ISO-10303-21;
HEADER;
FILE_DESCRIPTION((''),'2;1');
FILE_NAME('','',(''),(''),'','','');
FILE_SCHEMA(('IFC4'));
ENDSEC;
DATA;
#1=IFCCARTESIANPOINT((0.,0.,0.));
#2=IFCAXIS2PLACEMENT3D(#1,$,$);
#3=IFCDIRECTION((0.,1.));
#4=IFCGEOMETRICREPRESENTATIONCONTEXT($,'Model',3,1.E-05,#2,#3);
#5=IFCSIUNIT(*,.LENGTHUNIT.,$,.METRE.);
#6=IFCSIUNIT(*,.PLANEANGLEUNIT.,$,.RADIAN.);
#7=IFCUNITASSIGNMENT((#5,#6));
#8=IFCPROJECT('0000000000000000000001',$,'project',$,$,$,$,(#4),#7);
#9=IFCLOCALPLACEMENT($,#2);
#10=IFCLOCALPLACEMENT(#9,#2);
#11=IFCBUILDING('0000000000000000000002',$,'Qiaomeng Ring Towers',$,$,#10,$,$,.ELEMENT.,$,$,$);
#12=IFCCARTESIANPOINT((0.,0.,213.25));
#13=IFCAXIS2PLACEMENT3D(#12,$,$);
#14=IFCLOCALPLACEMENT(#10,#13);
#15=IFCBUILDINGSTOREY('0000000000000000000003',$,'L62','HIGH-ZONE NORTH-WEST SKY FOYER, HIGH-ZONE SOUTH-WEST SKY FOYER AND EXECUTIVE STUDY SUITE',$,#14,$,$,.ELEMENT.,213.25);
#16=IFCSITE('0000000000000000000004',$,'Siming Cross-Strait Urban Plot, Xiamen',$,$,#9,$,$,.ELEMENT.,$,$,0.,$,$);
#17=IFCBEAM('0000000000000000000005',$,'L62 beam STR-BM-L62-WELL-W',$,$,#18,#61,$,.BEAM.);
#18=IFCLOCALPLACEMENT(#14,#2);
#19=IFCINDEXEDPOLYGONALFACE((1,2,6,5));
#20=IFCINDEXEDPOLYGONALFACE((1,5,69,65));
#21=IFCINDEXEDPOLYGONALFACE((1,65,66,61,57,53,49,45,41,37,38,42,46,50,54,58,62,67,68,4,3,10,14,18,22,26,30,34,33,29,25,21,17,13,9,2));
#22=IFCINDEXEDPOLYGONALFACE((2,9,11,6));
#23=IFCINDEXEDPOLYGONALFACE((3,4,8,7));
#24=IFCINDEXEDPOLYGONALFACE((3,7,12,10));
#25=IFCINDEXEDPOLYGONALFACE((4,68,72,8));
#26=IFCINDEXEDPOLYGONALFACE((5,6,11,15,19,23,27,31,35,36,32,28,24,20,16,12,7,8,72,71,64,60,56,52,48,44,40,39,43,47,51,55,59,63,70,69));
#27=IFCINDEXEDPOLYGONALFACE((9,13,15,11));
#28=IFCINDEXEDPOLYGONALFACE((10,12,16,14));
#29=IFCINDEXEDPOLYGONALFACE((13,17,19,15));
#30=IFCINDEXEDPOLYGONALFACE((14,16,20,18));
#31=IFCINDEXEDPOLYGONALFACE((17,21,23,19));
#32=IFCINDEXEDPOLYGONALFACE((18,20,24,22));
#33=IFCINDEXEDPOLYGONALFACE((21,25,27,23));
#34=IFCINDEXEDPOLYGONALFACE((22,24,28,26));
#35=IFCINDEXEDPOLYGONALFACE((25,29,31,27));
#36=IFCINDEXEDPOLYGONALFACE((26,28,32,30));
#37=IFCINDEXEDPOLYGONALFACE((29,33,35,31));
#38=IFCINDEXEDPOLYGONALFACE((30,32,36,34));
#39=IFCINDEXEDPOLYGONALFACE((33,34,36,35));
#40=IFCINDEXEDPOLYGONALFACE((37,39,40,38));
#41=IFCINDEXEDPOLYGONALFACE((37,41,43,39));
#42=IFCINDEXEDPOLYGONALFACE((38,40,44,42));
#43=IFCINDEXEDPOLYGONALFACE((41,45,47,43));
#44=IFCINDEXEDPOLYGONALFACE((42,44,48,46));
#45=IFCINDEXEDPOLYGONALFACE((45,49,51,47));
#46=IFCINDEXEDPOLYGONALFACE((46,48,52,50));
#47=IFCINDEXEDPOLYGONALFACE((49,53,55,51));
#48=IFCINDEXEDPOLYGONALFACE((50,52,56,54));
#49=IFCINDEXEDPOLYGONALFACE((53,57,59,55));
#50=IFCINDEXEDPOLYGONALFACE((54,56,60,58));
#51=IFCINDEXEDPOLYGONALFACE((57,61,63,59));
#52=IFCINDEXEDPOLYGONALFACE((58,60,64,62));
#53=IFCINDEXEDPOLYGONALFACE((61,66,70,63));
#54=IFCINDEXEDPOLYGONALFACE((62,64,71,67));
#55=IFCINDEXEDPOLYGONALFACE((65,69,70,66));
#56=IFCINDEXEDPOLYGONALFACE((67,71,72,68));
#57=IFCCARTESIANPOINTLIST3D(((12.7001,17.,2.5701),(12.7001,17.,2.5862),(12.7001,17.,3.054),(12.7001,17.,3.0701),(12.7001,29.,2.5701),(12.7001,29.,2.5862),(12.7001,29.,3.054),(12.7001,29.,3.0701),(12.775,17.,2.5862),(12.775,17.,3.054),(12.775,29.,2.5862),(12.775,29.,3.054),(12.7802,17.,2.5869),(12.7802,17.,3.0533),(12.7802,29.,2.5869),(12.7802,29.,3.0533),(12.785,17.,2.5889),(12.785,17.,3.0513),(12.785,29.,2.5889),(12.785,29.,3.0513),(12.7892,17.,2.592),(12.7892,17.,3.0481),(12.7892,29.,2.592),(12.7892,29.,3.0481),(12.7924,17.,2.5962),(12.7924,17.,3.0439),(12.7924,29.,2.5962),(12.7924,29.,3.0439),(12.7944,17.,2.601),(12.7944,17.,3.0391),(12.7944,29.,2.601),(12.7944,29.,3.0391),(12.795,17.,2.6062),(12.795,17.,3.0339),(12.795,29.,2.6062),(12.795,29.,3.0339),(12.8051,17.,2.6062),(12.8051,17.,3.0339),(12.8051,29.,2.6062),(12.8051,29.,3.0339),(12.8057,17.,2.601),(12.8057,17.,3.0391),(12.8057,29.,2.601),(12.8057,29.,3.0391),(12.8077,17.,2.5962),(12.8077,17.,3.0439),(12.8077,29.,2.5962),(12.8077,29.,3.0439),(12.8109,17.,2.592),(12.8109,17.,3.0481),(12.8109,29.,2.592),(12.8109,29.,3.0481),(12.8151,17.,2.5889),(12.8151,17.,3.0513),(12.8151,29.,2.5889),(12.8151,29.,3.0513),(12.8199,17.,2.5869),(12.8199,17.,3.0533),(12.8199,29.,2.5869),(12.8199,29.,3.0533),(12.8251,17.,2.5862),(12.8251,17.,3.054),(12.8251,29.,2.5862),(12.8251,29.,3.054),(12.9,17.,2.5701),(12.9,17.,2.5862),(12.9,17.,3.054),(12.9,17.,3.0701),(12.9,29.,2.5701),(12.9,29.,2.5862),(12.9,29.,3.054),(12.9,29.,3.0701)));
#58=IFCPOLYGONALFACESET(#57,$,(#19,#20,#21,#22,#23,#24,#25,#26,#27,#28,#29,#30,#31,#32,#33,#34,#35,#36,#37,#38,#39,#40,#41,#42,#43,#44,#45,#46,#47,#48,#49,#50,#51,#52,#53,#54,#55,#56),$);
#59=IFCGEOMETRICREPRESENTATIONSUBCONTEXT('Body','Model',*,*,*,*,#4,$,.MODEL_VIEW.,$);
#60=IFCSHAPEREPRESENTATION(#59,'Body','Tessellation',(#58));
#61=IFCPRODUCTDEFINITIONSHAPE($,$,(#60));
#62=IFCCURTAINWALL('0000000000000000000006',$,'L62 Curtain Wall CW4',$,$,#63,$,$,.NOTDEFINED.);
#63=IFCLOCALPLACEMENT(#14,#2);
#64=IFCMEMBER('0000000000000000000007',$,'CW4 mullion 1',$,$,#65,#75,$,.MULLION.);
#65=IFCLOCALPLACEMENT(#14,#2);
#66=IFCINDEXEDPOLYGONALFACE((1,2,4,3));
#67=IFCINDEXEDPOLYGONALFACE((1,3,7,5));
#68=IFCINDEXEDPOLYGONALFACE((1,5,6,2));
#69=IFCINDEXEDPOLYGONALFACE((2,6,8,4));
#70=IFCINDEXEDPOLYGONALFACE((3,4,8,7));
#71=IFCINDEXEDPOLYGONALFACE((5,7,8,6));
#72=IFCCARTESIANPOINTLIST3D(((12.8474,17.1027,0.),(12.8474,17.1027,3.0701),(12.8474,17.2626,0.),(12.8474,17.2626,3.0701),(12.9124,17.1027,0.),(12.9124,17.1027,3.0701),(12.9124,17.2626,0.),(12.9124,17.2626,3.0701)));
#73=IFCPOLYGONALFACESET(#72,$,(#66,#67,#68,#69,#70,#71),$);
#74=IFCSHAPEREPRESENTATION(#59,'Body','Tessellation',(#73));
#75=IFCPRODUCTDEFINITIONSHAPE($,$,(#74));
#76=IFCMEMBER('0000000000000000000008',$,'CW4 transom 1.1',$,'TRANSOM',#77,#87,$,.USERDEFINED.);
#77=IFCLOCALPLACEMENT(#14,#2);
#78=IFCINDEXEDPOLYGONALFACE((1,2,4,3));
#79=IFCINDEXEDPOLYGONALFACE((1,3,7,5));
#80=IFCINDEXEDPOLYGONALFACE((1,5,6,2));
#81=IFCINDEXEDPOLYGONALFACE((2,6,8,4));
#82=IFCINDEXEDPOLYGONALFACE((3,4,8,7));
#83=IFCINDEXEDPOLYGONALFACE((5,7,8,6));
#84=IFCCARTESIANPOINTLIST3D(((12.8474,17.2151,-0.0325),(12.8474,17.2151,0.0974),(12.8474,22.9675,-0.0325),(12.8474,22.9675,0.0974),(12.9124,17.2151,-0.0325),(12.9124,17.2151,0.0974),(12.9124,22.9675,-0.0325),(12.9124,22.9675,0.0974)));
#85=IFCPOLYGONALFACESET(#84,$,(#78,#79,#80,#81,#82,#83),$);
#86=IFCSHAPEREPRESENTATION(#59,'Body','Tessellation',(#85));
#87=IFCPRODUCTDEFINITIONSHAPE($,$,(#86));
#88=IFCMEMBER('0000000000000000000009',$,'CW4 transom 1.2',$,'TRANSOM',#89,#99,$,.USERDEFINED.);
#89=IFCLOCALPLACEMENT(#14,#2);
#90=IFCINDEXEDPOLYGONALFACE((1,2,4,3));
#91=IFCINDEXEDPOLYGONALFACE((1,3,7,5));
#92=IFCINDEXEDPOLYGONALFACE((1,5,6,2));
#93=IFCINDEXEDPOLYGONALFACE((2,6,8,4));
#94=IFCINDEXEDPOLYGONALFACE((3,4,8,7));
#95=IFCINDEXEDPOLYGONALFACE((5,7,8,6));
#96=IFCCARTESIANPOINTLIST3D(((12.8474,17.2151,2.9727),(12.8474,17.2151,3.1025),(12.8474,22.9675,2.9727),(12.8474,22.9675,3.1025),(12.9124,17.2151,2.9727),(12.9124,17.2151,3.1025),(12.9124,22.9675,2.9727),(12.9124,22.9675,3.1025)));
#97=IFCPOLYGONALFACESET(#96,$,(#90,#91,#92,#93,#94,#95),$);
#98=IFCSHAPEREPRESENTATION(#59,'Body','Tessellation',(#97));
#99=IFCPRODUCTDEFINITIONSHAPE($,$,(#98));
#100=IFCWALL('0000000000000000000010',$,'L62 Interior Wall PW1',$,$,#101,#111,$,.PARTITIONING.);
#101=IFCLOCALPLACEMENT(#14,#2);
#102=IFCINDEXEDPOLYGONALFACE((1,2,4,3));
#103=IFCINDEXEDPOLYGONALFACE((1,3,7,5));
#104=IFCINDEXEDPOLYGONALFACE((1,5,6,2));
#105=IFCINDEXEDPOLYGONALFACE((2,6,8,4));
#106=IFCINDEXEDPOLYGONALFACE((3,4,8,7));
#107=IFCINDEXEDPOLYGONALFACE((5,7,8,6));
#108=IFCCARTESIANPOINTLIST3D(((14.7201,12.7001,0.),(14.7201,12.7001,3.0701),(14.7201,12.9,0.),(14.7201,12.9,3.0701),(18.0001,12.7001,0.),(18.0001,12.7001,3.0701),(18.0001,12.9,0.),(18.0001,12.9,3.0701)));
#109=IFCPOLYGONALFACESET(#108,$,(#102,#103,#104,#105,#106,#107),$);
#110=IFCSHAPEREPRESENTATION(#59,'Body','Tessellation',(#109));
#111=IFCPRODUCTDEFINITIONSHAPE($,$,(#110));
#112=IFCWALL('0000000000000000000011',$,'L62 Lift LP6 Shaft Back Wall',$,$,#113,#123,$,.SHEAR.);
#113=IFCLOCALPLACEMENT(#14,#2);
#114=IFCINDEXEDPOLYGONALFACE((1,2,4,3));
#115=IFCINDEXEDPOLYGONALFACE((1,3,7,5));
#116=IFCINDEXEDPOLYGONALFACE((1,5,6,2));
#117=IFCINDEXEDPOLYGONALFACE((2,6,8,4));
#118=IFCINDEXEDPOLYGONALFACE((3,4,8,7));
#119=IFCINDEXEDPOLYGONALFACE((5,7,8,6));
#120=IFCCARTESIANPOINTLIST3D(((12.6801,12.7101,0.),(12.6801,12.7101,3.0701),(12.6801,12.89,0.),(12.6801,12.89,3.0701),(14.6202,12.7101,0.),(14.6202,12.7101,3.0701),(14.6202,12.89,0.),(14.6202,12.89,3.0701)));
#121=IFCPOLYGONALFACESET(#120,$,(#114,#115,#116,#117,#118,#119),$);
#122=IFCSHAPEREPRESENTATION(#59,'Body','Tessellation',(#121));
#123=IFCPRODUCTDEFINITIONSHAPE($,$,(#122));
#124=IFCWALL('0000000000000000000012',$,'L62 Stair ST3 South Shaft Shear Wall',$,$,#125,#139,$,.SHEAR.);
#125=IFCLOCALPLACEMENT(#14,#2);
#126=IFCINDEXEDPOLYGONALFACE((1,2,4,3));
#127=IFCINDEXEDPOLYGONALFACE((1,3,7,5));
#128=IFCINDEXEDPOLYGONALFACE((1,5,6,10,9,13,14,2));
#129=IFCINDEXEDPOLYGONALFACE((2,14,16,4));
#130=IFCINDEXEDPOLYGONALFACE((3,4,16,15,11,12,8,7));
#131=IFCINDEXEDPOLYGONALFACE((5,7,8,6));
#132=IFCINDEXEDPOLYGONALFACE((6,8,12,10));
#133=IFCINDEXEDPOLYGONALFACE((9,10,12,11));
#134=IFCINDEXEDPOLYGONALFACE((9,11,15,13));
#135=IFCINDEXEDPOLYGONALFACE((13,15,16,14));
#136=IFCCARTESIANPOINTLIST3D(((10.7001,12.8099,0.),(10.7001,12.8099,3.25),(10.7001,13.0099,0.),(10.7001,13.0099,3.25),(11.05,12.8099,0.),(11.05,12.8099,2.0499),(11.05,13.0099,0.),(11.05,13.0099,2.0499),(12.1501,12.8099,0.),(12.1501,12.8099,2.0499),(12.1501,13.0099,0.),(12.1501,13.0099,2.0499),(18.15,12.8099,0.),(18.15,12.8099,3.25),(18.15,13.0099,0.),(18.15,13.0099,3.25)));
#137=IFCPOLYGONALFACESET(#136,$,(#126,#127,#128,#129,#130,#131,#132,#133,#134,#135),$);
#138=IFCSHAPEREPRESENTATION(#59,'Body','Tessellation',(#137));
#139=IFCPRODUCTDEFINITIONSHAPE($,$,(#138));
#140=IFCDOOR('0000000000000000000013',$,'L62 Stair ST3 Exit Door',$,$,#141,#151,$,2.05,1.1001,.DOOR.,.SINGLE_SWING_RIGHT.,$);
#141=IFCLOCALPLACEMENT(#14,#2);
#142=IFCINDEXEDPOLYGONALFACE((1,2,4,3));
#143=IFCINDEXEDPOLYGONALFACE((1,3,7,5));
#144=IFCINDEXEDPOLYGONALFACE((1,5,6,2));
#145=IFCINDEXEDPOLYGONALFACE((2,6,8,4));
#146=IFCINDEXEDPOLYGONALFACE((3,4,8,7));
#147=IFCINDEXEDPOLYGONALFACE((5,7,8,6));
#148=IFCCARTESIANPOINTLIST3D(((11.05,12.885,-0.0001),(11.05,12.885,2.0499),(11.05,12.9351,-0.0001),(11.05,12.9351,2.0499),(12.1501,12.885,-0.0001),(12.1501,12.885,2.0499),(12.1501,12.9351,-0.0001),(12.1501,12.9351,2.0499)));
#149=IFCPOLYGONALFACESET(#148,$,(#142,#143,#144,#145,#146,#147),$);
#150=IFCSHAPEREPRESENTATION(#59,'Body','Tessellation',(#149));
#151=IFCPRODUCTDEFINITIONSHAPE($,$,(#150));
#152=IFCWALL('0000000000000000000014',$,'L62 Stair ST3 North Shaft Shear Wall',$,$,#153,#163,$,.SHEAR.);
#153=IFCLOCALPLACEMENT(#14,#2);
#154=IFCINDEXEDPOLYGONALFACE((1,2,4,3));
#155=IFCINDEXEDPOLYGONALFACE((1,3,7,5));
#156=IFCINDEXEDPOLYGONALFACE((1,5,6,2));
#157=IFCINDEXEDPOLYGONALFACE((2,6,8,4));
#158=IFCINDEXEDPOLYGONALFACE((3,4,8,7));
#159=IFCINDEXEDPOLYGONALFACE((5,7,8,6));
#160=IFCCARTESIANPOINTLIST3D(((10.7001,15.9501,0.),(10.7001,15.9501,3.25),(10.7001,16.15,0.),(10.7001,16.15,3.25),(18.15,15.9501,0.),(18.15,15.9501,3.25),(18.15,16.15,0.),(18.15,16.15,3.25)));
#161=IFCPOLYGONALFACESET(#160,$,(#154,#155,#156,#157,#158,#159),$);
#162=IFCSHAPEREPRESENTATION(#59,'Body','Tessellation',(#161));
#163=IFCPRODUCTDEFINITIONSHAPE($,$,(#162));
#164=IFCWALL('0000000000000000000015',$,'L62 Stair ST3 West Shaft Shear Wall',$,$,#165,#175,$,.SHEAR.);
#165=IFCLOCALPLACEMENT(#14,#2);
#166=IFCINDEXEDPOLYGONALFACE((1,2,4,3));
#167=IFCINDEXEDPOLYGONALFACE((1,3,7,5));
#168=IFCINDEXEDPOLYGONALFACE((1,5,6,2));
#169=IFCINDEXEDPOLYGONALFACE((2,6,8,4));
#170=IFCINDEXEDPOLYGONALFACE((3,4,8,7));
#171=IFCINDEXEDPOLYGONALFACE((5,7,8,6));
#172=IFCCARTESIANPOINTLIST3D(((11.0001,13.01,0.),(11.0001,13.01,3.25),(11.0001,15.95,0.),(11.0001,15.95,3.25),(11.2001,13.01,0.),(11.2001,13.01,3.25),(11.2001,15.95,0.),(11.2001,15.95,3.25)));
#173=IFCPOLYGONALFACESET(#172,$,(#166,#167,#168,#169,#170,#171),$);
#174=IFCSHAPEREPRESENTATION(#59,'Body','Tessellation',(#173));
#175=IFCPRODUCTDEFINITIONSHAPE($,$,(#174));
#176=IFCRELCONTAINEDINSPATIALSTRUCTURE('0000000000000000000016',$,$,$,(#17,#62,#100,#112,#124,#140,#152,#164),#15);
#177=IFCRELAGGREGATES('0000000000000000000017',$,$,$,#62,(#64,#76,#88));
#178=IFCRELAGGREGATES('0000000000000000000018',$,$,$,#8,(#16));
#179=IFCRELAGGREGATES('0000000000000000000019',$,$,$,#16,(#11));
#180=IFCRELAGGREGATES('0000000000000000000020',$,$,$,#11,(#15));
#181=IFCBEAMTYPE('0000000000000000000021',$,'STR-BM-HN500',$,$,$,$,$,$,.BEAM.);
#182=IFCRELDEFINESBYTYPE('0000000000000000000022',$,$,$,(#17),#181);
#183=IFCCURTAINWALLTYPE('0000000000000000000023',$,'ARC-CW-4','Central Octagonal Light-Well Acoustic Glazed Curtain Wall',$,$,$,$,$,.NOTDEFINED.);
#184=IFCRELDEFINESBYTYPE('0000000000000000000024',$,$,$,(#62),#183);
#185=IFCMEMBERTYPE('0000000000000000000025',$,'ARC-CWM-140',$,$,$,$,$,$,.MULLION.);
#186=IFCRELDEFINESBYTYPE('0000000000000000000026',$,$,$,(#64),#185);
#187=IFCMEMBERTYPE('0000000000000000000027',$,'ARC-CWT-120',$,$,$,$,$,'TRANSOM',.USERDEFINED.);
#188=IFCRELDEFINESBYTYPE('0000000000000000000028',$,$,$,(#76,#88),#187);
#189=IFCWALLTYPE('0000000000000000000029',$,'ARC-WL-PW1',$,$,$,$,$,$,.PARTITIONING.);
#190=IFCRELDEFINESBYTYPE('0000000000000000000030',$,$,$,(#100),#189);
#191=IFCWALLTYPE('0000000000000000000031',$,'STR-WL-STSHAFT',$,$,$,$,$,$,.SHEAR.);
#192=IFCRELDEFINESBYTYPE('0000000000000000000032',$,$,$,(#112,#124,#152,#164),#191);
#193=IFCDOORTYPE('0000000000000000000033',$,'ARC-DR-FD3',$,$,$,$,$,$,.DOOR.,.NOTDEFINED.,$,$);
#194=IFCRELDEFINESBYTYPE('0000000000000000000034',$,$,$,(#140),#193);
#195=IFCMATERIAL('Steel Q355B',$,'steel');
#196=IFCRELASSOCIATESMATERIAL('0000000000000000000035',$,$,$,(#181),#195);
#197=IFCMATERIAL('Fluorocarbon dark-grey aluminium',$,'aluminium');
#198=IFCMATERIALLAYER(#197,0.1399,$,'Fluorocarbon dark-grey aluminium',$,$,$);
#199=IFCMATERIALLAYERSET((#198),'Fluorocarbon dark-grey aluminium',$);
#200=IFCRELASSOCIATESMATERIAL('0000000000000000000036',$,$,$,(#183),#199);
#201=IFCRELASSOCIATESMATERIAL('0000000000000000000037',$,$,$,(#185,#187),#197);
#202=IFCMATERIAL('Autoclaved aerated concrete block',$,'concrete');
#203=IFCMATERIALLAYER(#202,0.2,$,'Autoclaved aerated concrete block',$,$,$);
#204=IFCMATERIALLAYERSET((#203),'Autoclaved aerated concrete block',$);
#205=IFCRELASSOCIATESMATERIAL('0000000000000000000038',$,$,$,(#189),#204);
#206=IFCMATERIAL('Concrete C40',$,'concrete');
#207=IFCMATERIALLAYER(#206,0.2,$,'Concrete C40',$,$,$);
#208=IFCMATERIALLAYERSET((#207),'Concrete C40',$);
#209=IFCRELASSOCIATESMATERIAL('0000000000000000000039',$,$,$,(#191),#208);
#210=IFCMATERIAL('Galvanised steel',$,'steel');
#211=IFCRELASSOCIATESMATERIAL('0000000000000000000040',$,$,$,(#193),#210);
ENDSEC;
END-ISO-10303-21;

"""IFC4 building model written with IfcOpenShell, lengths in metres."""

from ifc_helpers import new_model, si_unit, direction, frame, frame_2d, origin, origin_2d, place, context, subcontext, project, spatial, rectangle, i_section, extrude, source, transform, mapped, material, layer, layer_set, material_profile, profile_set, type_object, element, fill, aggregate, save


model = new_model("IFC4")

# Units and contexts
model_context = context("Model", 3, precision=1e-05, world=origin(), true_north=direction((0.0, 1.0)))
body_context = subcontext(model_context, "Body", "Model", "MODEL_VIEW")
ifc_project = project(units=[si_unit("LENGTHUNIT", "METRE"), si_unit("PLANEANGLEUNIT", "RADIAN")], contexts=[model_context])

# Site, building, storey
site_placement = place(None, origin())
site = spatial("IfcSite", under=ifc_project, at=site_placement, Name="Siming Cross-Strait Urban Plot, Xiamen", CompositionType="ELEMENT", RefElevation=0.0)
building_placement = place(site_placement, origin())
building = spatial("IfcBuilding", under=site, at=building_placement, Name="Qiaomeng Ring Towers", CompositionType="ELEMENT")
storey_placement = place(building_placement, frame((0.0, 0.0, 213.25)))
storey = spatial("IfcBuildingStorey", under=building, at=storey_placement, Name="L62", Description="HIGH-ZONE NORTH-WEST SKY FOYER, HIGH-ZONE SOUTH-WEST SKY FOYER AND EXECUTIVE STUDY SUITE", CompositionType="ELEMENT", Elevation=213.25)

# Beam
ifc_material_1 = material(Name="Steel Q355B", Category="steel")
ifc_material_profile_1 = material_profile(ifc_material_1, i_section(OverallWidth=0.2, OverallDepth=0.5, WebThickness=0.01, FlangeThickness=0.0161, FilletRadius=0.02, at=origin_2d()), Name="HN 500x200x10x16")
ifc_profile_set_1 = profile_set([ifc_material_profile_1], Name="Steel Q355B")
beam_type = type_object("IfcBeamType", Name="STR-BM-HN500", PredefinedType="BEAM", material=ifc_profile_set_1)
shared_shape_1 = source(origin(), body_context, "Body", "SweptSolid", [
    extrude(i_section(OverallWidth=0.2, OverallDepth=0.5, WebThickness=0.01, FlangeThickness=0.0161, FilletRadius=0.02, at=origin_2d()), origin(), (0.0, 0.0, 1.0), 12.0),
])
beam_placement = place(storey_placement, frame((12.8, 17.0, 2.8201), z_axis=(0.0, 1.0, 0.0), x_axis=(-1.0, 0.0, 0.0)))
element("IfcBeam", 1, at=beam_placement, inside=storey, type_object=beam_type, Name="L62 beam STR-BM-L62-WELL-W", PredefinedType="BEAM", context=body_context, shape_type="MappedRepresentation", body=[
    mapped(shared_shape_1, transform((0.0, 0.0, 0.0), x_axis=(1.0, 0.0, 0.0), y_axis=(0.0, 1.0, 0.0), z_axis=(0.0, 0.0, 1.0), scale=1.0)),
])

# Curtain wall, members
ifc_material_2 = material(Name="Fluorocarbon dark-grey aluminium", Category="aluminium")
ifc_layer_1 = layer(ifc_material_2, 0.1399, Name="Fluorocarbon dark-grey aluminium")
ifc_layer_set_1 = layer_set([ifc_layer_1], Name="Fluorocarbon dark-grey aluminium")
curtain_wall_type = type_object("IfcCurtainWallType", Name="ARC-CW-4", Description="Central Octagonal Light-Well Acoustic Glazed Curtain Wall", PredefinedType="NOTDEFINED", material=ifc_layer_set_1)
curtain_wall_placement = place(storey_placement, origin())
curtain_wall = element("IfcCurtainWall", 2, at=curtain_wall_placement, inside=storey, type_object=curtain_wall_type, Name="L62 Curtain Wall CW4", PredefinedType="NOTDEFINED")
ifc_material_profile_2 = material_profile(ifc_material_2, rectangle(XDim=0.0649, YDim=0.1599, at=origin_2d()), Name="ALU MULL 65x160")
ifc_profile_set_2 = profile_set([ifc_material_profile_2], Name="Fluorocarbon dark-grey aluminium")
member_type_1 = type_object("IfcMemberType", Name="ARC-CWM-140", PredefinedType="MULLION", material=ifc_profile_set_2)
shared_shape_2 = source(origin(), body_context, "Body", "SweptSolid", [
    extrude(rectangle(XDim=0.0649, YDim=0.1599, at=origin_2d()), origin(), (0.0, 0.0, 1.0), 3.0701),
])
member_1_placement = place(storey_placement, frame((12.8799, 17.1826, 0.0), z_axis=(0.0, 0.0, 1.0), x_axis=(-1.0, 0.0, 0.0)))
member_1 = element("IfcMember", 3, at=member_1_placement, type_object=member_type_1, Name="CW4 mullion 1", PredefinedType="MULLION", context=body_context, shape_type="MappedRepresentation", body=[
    mapped(shared_shape_2, transform((0.0, 0.0, 0.0), x_axis=(1.0, 0.0, 0.0), y_axis=(0.0, 1.0, 0.0), z_axis=(0.0, 0.0, 1.0), scale=1.0)),
])
ifc_material_profile_3 = material_profile(ifc_material_2, rectangle(XDim=0.0649, YDim=0.1299, at=origin_2d()), Name="ALU TRAN 65x130")
ifc_profile_set_3 = profile_set([ifc_material_profile_3], Name="Fluorocarbon dark-grey aluminium")
member_type_2 = type_object("IfcMemberType", Name="ARC-CWT-120", ElementType="TRANSOM", PredefinedType="USERDEFINED", material=ifc_profile_set_3)
shared_shape_3 = source(origin(), body_context, "Body", "SweptSolid", [
    extrude(rectangle(XDim=0.0649, YDim=0.1299, at=origin_2d()), origin(), (0.0, 0.0, 1.0), 5.7524),
])
member_2_placement = place(storey_placement, frame((12.8799, 17.2151, 0.0325), z_axis=(0.0, 1.0, 0.0), x_axis=(-1.0, 0.0, 0.0)))
member_2 = element("IfcMember", 4, at=member_2_placement, type_object=member_type_2, Name="CW4 transom 1.1", ObjectType="TRANSOM", PredefinedType="USERDEFINED", context=body_context, shape_type="MappedRepresentation", body=[
    mapped(shared_shape_3, transform((0.0, 0.0, 0.0), x_axis=(1.0, 0.0, 0.0), y_axis=(0.0, 1.0, 0.0), z_axis=(0.0, 0.0, 1.0), scale=1.0)),
])
member_3_placement = place(storey_placement, frame((12.8799, 17.2151, 3.0376), z_axis=(0.0, 1.0, 0.0), x_axis=(-1.0, 0.0, 0.0)))
member_3 = element("IfcMember", 5, at=member_3_placement, type_object=member_type_2, Name="CW4 transom 1.2", ObjectType="TRANSOM", PredefinedType="USERDEFINED", context=body_context, shape_type="MappedRepresentation", body=[
    mapped(shared_shape_3, transform((0.0, 0.0, 0.0), x_axis=(1.0, 0.0, 0.0), y_axis=(0.0, 1.0, 0.0), z_axis=(0.0, 0.0, 1.0), scale=1.0)),
])
aggregate(curtain_wall, [member_1, member_2, member_3])

# Walls
ifc_material_3 = material(Name="Autoclaved aerated concrete block", Category="concrete")
ifc_layer_2 = layer(ifc_material_3, 0.2, Name="Autoclaved aerated concrete block")
ifc_layer_set_2 = layer_set([ifc_layer_2], Name="Autoclaved aerated concrete block")
wall_type_1 = type_object("IfcWallType", Name="ARC-WL-PW1", PredefinedType="PARTITIONING", material=ifc_layer_set_2)
wall_1_placement = place(storey_placement, frame((14.72, 12.8, 0.0), z_axis=(0.0, 0.0, 1.0), x_axis=(1.0, 0.0, 0.0)))
element("IfcWall", 6, at=wall_1_placement, inside=storey, type_object=wall_type_1, Name="L62 Interior Wall PW1", PredefinedType="PARTITIONING", context=body_context, shape_type="SweptSolid", body=[
    extrude(rectangle(XDim=3.28, YDim=0.2, at=frame_2d((1.6401, 0.0))), origin(), (0.0, 0.0, 1.0), 3.0701),
])
ifc_material_4 = material(Name="Concrete C40", Category="concrete")
ifc_layer_3 = layer(ifc_material_4, 0.2, Name="Concrete C40")
ifc_layer_set_3 = layer_set([ifc_layer_3], Name="Concrete C40")
wall_type_2 = type_object("IfcWallType", Name="STR-WL-STSHAFT", PredefinedType="SHEAR", material=ifc_layer_set_3)
wall_2_placement = place(storey_placement, frame((12.6799, 12.8, 0.0), z_axis=(0.0, 0.0, 1.0), x_axis=(1.0, 0.0, 0.0)))
element("IfcWall", 7, at=wall_2_placement, inside=storey, type_object=wall_type_2, Name="L62 Lift LP6 Shaft Back Wall", PredefinedType="SHEAR", context=body_context, shape_type="SweptSolid", body=[
    extrude(rectangle(XDim=1.9402, YDim=0.1799, at=frame_2d((0.9702, 0.0))), origin(), (0.0, 0.0, 1.0), 3.0701),
])

# Wall, opening, door
wall_3_placement = place(storey_placement, frame((10.7, 12.9099, 0.0), z_axis=(0.0, 0.0, 1.0), x_axis=(1.0, 0.0, 0.0)))
wall_3 = element("IfcWall", 8, at=wall_3_placement, inside=storey, type_object=wall_type_2, Name="L62 Stair ST3 South Shaft Shear Wall", PredefinedType="SHEAR", context=body_context, shape_type="SweptSolid", body=[
    extrude(rectangle(XDim=7.45, YDim=0.2, at=frame_2d((3.7251, 0.0))), origin(), (0.0, 0.0, 1.0), 3.25),
])
opening_placement = place(wall_3_placement, frame((0.3501, 0.0, 0.0)))
opening = element("IfcOpeningElement", 9, at=opening_placement, cuts=wall_3, PredefinedType="OPENING", context=body_context, shape_type="SweptSolid", body=[
    extrude(rectangle(XDim=1.1001, YDim=2.05, at=frame_2d((0.55, 1.0249))), frame((0.0, 0.1099, 0.0), z_axis=(0.0, -1.0, 0.0), x_axis=(1.0, 0.0, 0.0)), (0.0, 0.0, 1.0), 0.22),
])
ifc_material_5 = material(Name="Galvanised steel", Category="steel")
door_type = type_object("IfcDoorType", Name="ARC-DR-FD3", OperationType="NOTDEFINED", PredefinedType="DOOR", material=ifc_material_5)
shared_shape_4 = source(origin(), body_context, "Body", "SweptSolid", [
    extrude(rectangle(XDim=1.1001, YDim=2.05, at=frame_2d((0.55, 1.0249))), frame((0.0, 0.0249, 0.0), z_axis=(0.0, -1.0, 0.0), x_axis=(1.0, 0.0, 0.0)), (0.0, 0.0, 1.0), 0.05),
])
door_placement = place(opening_placement, frame((1.1001, 0.0, 0.0), z_axis=(0.0, 0.0, 1.0), x_axis=(-1.0, 0.0, 0.0)))
door = element("IfcDoor", 10, at=door_placement, inside=storey, type_object=door_type, Name="L62 Stair ST3 Exit Door", OperationType="SINGLE_SWING_RIGHT", OverallHeight=2.05, OverallWidth=1.1001, PredefinedType="DOOR", context=body_context, shape_type="MappedRepresentation", body=[
    mapped(shared_shape_4, transform((0.0, 0.0, 0.0), x_axis=(1.0, 0.0, 0.0), y_axis=(0.0, 1.0, 0.0), z_axis=(0.0, 0.0, 1.0), scale=1.0)),
])
fill(opening, door)

# Walls
wall_4_placement = place(storey_placement, frame((10.7, 16.05, 0.0), z_axis=(0.0, 0.0, 1.0), x_axis=(1.0, 0.0, 0.0)))
element("IfcWall", 11, at=wall_4_placement, inside=storey, type_object=wall_type_2, Name="L62 Stair ST3 North Shaft Shear Wall", PredefinedType="SHEAR", context=body_context, shape_type="SweptSolid", body=[
    extrude(rectangle(XDim=7.45, YDim=0.2, at=frame_2d((3.7251, 0.0))), origin(), (0.0, 0.0, 1.0), 3.25),
])
wall_5_placement = place(storey_placement, frame((11.1001, 13.01, 0.0), z_axis=(0.0, 0.0, 1.0), x_axis=(0.0, 1.0, 0.0)))
element("IfcWall", 12, at=wall_5_placement, inside=storey, type_object=wall_type_2, Name="L62 Stair ST3 West Shaft Shear Wall", PredefinedType="SHEAR", context=body_context, shape_type="SweptSolid", body=[
    extrude(rectangle(XDim=2.9399, YDim=0.2, at=frame_2d((1.47, 0.0))), origin(), (0.0, 0.0, 1.0), 3.25),
])

save(model, "model.ifc")
